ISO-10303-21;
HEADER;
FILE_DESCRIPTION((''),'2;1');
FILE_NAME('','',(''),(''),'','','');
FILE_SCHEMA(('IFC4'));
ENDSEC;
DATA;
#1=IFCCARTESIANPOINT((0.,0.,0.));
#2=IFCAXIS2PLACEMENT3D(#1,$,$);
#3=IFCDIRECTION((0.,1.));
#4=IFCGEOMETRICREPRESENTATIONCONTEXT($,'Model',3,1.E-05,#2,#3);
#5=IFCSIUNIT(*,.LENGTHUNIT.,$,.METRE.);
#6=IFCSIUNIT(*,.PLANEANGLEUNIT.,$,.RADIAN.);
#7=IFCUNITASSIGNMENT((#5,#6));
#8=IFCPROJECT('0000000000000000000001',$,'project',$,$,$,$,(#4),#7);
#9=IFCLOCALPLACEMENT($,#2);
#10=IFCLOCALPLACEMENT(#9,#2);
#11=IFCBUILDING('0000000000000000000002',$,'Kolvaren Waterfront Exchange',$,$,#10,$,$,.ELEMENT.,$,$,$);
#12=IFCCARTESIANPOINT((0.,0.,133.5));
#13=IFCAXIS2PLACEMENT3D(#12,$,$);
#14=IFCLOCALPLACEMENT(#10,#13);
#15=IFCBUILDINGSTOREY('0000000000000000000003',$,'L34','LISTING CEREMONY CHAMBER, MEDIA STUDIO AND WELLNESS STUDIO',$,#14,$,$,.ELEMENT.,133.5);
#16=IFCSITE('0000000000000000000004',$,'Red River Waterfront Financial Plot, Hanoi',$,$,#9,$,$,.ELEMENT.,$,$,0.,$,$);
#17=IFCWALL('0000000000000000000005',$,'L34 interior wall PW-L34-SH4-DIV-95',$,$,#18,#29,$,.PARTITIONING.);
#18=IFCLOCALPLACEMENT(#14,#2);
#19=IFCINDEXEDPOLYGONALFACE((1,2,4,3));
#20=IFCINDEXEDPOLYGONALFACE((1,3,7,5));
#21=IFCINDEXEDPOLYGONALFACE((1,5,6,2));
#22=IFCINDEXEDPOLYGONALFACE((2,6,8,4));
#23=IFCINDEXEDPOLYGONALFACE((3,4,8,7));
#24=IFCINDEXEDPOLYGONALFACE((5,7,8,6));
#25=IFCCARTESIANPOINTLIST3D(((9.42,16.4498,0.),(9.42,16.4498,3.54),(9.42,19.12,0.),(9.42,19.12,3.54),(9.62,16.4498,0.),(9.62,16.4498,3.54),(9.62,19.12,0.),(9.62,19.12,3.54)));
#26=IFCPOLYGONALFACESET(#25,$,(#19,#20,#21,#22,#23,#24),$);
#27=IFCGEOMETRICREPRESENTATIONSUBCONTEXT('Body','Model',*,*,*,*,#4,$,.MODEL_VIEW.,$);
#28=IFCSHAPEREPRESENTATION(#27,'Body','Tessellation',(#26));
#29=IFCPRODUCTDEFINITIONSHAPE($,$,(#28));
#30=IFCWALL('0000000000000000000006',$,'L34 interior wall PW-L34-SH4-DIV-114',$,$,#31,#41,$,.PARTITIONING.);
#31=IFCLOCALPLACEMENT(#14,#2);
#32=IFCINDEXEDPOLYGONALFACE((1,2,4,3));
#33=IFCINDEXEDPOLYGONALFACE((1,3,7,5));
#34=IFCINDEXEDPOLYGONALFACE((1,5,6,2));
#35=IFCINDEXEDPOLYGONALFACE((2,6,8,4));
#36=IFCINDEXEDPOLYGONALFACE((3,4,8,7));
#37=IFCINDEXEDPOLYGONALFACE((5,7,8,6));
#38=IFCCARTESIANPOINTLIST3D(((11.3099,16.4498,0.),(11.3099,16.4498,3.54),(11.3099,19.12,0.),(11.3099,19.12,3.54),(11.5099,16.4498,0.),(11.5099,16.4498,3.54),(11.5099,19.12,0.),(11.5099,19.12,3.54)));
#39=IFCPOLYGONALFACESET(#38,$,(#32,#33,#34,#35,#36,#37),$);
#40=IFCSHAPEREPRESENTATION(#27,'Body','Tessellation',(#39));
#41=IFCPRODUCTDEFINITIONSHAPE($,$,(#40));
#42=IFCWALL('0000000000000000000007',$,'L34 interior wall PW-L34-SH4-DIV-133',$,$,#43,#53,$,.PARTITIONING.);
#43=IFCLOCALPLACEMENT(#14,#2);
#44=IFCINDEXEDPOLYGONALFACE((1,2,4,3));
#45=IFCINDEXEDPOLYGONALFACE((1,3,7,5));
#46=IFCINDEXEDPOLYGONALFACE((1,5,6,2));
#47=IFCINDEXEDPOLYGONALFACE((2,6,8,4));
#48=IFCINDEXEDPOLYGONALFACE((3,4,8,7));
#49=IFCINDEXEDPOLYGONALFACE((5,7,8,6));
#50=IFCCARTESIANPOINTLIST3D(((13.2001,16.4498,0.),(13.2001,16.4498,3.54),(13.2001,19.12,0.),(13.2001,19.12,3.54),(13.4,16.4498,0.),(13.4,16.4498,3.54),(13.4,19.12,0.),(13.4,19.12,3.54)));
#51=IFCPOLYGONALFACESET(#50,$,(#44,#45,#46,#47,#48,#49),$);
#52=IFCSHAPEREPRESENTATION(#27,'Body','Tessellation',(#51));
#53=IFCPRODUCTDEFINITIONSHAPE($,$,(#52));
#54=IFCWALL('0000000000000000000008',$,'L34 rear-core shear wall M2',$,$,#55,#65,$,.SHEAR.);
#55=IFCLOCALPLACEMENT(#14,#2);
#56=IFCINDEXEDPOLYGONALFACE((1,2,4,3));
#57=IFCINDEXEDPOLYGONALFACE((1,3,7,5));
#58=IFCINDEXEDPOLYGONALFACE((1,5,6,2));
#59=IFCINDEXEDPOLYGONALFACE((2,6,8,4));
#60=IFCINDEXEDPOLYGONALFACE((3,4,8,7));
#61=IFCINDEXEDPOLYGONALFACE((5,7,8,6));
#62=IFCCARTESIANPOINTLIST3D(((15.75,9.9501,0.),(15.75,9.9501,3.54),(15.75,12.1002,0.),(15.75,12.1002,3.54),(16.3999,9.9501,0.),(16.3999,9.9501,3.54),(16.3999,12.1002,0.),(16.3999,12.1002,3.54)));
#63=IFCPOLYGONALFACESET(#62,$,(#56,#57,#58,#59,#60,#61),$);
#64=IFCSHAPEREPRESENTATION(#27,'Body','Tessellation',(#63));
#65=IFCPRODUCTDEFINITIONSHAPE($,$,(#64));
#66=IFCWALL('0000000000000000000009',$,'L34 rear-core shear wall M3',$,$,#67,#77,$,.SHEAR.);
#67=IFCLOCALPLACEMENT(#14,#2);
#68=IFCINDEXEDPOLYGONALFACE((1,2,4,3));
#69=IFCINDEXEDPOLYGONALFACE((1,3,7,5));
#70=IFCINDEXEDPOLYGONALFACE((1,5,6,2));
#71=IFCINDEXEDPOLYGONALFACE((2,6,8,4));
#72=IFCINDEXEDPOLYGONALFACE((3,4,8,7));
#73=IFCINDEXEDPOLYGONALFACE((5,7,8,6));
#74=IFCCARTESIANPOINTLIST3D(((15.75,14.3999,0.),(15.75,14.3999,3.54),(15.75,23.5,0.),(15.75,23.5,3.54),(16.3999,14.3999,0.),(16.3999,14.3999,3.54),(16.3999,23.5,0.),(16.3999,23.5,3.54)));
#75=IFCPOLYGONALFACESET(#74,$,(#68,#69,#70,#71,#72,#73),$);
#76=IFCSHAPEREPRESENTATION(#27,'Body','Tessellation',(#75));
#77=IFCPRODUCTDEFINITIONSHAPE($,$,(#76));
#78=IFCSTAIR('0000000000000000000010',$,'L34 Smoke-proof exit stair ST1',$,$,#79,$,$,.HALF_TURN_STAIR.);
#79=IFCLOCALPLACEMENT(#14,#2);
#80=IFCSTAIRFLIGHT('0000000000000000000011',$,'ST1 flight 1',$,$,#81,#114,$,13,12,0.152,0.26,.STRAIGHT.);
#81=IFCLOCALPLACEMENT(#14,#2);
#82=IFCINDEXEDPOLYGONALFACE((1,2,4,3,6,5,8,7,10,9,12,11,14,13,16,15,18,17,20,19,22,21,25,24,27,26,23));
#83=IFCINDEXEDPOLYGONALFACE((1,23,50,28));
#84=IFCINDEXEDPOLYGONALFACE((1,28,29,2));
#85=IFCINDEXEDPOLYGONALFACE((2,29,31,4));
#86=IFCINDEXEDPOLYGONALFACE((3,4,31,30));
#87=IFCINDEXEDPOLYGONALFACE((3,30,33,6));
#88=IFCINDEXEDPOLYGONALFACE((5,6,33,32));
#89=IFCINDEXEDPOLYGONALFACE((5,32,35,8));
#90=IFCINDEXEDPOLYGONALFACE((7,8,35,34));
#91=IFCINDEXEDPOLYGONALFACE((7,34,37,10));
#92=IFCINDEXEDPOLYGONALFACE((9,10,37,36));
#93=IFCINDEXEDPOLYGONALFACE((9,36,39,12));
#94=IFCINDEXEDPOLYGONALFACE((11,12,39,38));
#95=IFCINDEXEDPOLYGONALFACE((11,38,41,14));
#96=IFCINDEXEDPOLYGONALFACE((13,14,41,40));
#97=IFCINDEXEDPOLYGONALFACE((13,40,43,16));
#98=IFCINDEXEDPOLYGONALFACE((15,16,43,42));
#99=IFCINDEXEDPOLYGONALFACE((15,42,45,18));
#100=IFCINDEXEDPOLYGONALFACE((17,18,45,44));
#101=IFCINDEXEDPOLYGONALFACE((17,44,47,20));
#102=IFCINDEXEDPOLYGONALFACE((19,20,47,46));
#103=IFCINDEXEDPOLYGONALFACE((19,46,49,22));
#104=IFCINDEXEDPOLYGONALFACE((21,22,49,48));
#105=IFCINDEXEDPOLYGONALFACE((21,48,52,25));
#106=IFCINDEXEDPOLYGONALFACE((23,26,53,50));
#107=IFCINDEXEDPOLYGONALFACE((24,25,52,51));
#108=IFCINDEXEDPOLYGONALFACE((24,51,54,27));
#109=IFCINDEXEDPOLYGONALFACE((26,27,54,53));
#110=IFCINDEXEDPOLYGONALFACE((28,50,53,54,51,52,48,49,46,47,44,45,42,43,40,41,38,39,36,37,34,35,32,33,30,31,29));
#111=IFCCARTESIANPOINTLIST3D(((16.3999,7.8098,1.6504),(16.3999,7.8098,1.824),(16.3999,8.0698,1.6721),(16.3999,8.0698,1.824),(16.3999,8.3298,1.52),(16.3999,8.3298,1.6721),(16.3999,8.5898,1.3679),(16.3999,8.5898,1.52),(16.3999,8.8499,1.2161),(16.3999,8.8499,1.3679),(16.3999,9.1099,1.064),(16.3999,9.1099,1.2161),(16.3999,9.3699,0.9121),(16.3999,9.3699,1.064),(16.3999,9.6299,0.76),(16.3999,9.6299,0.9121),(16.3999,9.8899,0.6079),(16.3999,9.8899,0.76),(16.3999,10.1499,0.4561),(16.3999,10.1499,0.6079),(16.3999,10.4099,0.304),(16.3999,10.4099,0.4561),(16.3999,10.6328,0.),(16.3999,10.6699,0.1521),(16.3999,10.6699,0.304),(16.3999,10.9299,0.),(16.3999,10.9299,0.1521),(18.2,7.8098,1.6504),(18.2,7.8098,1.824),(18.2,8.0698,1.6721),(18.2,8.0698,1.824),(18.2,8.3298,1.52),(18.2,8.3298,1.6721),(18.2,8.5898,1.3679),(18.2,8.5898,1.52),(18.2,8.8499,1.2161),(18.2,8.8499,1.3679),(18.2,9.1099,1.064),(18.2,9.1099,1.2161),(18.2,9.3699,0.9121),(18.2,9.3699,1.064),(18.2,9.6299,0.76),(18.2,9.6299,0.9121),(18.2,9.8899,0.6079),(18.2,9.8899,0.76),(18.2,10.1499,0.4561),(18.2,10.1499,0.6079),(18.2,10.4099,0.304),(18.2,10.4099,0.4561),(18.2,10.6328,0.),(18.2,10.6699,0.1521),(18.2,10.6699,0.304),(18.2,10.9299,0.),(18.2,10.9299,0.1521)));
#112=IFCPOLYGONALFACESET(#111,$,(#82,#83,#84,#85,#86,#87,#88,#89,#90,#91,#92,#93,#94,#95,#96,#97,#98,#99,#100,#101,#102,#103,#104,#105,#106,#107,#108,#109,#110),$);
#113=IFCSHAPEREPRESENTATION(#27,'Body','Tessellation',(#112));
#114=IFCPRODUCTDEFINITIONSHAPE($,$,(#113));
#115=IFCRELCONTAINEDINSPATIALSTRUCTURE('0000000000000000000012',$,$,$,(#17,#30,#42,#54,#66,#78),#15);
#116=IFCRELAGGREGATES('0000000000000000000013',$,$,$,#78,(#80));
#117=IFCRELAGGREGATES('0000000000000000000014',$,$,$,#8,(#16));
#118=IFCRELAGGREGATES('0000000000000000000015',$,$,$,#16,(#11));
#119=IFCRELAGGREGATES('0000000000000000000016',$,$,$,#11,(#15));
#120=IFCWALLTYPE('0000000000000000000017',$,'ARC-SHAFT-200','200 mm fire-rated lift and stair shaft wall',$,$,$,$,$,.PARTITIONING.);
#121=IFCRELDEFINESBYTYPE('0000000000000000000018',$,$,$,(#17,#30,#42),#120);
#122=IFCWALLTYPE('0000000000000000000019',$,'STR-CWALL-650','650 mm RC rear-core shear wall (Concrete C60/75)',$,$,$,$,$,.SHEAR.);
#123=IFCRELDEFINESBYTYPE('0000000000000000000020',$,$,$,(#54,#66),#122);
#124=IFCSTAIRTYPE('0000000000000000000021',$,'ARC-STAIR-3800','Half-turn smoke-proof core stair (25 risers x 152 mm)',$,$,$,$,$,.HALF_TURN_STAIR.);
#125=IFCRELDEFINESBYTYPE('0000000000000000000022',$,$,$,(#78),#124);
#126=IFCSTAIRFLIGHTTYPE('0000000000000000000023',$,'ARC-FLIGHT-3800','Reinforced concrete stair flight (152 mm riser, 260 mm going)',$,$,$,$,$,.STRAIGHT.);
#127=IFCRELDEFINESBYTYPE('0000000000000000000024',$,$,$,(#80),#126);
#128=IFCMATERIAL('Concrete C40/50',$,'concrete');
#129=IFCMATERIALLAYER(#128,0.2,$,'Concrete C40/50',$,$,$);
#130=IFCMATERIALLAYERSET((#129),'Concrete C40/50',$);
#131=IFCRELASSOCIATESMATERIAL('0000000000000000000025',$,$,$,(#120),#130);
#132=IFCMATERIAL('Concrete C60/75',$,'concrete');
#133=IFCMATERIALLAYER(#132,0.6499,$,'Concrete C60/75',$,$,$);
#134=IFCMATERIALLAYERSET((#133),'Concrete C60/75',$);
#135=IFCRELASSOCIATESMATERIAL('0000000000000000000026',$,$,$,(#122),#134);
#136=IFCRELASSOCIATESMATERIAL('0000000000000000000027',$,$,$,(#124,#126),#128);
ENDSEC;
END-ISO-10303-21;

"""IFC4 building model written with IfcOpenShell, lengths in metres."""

from ifc_helpers import new_model, si_unit, direction, frame, frame_2d, origin, place, context, subcontext, project, spatial, polyline, rectangle, outline, extrude, material, layer, layer_set, type_object, element, aggregate, save


model = new_model("IFC4")

# Units and contexts
model_context = context("Model", 3, precision=1e-05, world=origin(), true_north=direction((0.0, 1.0)))
body_context = subcontext(model_context, "Body", "Model", "MODEL_VIEW")
ifc_project = project(units=[si_unit("LENGTHUNIT", "METRE"), si_unit("PLANEANGLEUNIT", "RADIAN")], contexts=[model_context])

# Site, building, storey
site_placement = place(None, origin())
site = spatial("IfcSite", under=ifc_project, at=site_placement, Name="Red River Waterfront Financial Plot, Hanoi", CompositionType="ELEMENT", RefElevation=0.0)
building_placement = place(site_placement, origin())
building = spatial("IfcBuilding", under=site, at=building_placement, Name="Kolvaren Waterfront Exchange", CompositionType="ELEMENT")
storey_placement = place(building_placement, frame((0.0, 0.0, 133.5)))
storey = spatial("IfcBuildingStorey", under=building, at=storey_placement, Name="L34", Description="LISTING CEREMONY CHAMBER, MEDIA STUDIO AND WELLNESS STUDIO", CompositionType="ELEMENT", Elevation=133.5)

# Shared definitions
ifc_material_1 = material(Name="Concrete C60/75", Category="concrete")

# Walls
ifc_material_2 = material(Name="Concrete C40/50", Category="concrete")
ifc_layer_1 = layer(ifc_material_2, 0.2, Name="Concrete C40/50")
ifc_layer_set_1 = layer_set([ifc_layer_1], Name="Concrete C40/50")
wall_type_1 = type_object("IfcWallType", Name="ARC-SHAFT-200", Description="200 mm fire-rated lift and stair shaft wall", PredefinedType="PARTITIONING", material=ifc_layer_set_1)
for number, where, z_axis, x_axis, name in (
    (1, (9.52, 16.45, 0.0), (0.0, 0.0, 1.0), (0.0, 1.0, 0.0), "L34 interior wall PW-L34-SH4-DIV-95"),
    (2, (11.4099, 16.45, 0.0), (0.0, 0.0, 1.0), (0.0, 1.0, 0.0), "L34 interior wall PW-L34-SH4-DIV-114"),
    (3, (13.3, 16.45, 0.0), (0.0, 0.0, 1.0), (0.0, 1.0, 0.0), "L34 interior wall PW-L34-SH4-DIV-133"),
):
    element("IfcWall", number, at=place(storey_placement, frame(where, z_axis=z_axis, x_axis=x_axis)), inside=storey, type_object=wall_type_1, Name=name, PredefinedType="PARTITIONING", context=body_context, shape_type="SweptSolid", body=[
        extrude(rectangle(XDim=2.6702, YDim=0.2, at=frame_2d((1.335, 0.0))), origin(), (0.0, 0.0, 1.0), 3.54),
    ])
ifc_layer_2 = layer(ifc_material_1, 0.6499, Name="Concrete C60/75")
ifc_layer_set_2 = layer_set([ifc_layer_2], Name="Concrete C60/75")
wall_type_2 = type_object("IfcWallType", Name="STR-CWALL-650", Description="650 mm RC rear-core shear wall (Concrete C60/75)", PredefinedType="SHEAR", material=ifc_layer_set_2)
wall_1_placement = place(storey_placement, frame((16.075, 9.95, 0.0), z_axis=(0.0, 0.0, 1.0), x_axis=(0.0, 1.0, 0.0)))
element("IfcWall", 4, at=wall_1_placement, inside=storey, type_object=wall_type_2, Name="L34 rear-core shear wall M2", PredefinedType="SHEAR", context=body_context, shape_type="SweptSolid", body=[
    extrude(rectangle(XDim=2.1501, YDim=0.6499, at=frame_2d((1.0752, 0.0))), origin(), (0.0, 0.0, 1.0), 3.54),
])
wall_2_placement = place(storey_placement, frame((16.075, 14.3999, 0.0), z_axis=(0.0, 0.0, 1.0), x_axis=(0.0, 1.0, 0.0)))
element("IfcWall", 5, at=wall_2_placement, inside=storey, type_object=wall_type_2, Name="L34 rear-core shear wall M3", PredefinedType="SHEAR", context=body_context, shape_type="SweptSolid", body=[
    extrude(rectangle(XDim=9.1001, YDim=0.6499, at=frame_2d((4.55, 0.0))), origin(), (0.0, 0.0, 1.0), 3.54),
])

# Stair, stair flight
stair_type = type_object("IfcStairType", Name="ARC-STAIR-3800", Description="Half-turn smoke-proof core stair (25 risers x 152 mm)", PredefinedType="HALF_TURN_STAIR", material=ifc_material_2)
stair_placement = place(storey_placement, origin())
stair = element("IfcStair", 6, at=stair_placement, inside=storey, type_object=stair_type, Name="L34 Smoke-proof exit stair ST1", PredefinedType="HALF_TURN_STAIR")
stair_flight_type = type_object("IfcStairFlightType", Name="ARC-FLIGHT-3800", Description="Reinforced concrete stair flight (152 mm riser, 260 mm going)", PredefinedType="STRAIGHT", material=ifc_material_2)
stair_flight_placement = place(storey_placement, frame((17.3, 10.9299, 0.0), z_axis=(0.0, 0.0, 1.0), x_axis=(0.0, -1.0, 0.0)))
stair_flight = element("IfcStairFlight", 7, at=stair_flight_placement, type_object=stair_flight_type, Name="ST1 flight 1", NumberOfRisers=13, NumberOfTreads=12, PredefinedType="STRAIGHT", RiserHeight=0.152, TreadLength=0.26, context=body_context, shape_type="SweptSolid", body=[
    extrude(outline(polyline([(0.0, 0.0), (0.0, 0.1521), (0.26, 0.1521), (0.26, 0.304), (0.52, 0.304), (0.52, 0.4561), (0.78, 0.4561), (0.78, 0.6079), (1.04, 0.6079), (1.04, 0.76), (1.3, 0.76), (1.3, 0.9121), (1.5601, 0.9121), (1.5601, 1.064), (1.8201, 1.064), (1.8201, 1.2161), (2.0801, 1.2161), (2.0801, 1.3679), (2.3401, 1.3679), (2.3401, 1.52), (2.6001, 1.52), (2.6001, 1.6721), (2.8601, 1.6721), (2.8601, 1.824), (3.1201, 1.824), (3.1201, 1.9761), (3.1201, 1.6504), (0.2971, 0.0), (0.0, 0.0)])), frame((0.0, 0.8999, 0.0), z_axis=(0.0, -1.0, 0.0), x_axis=(1.0, 0.0, 0.0)), (0.0, 0.0, 1.0), 1.8),
])
aggregate(stair, [stair_flight])

save(model, "model.ifc")
